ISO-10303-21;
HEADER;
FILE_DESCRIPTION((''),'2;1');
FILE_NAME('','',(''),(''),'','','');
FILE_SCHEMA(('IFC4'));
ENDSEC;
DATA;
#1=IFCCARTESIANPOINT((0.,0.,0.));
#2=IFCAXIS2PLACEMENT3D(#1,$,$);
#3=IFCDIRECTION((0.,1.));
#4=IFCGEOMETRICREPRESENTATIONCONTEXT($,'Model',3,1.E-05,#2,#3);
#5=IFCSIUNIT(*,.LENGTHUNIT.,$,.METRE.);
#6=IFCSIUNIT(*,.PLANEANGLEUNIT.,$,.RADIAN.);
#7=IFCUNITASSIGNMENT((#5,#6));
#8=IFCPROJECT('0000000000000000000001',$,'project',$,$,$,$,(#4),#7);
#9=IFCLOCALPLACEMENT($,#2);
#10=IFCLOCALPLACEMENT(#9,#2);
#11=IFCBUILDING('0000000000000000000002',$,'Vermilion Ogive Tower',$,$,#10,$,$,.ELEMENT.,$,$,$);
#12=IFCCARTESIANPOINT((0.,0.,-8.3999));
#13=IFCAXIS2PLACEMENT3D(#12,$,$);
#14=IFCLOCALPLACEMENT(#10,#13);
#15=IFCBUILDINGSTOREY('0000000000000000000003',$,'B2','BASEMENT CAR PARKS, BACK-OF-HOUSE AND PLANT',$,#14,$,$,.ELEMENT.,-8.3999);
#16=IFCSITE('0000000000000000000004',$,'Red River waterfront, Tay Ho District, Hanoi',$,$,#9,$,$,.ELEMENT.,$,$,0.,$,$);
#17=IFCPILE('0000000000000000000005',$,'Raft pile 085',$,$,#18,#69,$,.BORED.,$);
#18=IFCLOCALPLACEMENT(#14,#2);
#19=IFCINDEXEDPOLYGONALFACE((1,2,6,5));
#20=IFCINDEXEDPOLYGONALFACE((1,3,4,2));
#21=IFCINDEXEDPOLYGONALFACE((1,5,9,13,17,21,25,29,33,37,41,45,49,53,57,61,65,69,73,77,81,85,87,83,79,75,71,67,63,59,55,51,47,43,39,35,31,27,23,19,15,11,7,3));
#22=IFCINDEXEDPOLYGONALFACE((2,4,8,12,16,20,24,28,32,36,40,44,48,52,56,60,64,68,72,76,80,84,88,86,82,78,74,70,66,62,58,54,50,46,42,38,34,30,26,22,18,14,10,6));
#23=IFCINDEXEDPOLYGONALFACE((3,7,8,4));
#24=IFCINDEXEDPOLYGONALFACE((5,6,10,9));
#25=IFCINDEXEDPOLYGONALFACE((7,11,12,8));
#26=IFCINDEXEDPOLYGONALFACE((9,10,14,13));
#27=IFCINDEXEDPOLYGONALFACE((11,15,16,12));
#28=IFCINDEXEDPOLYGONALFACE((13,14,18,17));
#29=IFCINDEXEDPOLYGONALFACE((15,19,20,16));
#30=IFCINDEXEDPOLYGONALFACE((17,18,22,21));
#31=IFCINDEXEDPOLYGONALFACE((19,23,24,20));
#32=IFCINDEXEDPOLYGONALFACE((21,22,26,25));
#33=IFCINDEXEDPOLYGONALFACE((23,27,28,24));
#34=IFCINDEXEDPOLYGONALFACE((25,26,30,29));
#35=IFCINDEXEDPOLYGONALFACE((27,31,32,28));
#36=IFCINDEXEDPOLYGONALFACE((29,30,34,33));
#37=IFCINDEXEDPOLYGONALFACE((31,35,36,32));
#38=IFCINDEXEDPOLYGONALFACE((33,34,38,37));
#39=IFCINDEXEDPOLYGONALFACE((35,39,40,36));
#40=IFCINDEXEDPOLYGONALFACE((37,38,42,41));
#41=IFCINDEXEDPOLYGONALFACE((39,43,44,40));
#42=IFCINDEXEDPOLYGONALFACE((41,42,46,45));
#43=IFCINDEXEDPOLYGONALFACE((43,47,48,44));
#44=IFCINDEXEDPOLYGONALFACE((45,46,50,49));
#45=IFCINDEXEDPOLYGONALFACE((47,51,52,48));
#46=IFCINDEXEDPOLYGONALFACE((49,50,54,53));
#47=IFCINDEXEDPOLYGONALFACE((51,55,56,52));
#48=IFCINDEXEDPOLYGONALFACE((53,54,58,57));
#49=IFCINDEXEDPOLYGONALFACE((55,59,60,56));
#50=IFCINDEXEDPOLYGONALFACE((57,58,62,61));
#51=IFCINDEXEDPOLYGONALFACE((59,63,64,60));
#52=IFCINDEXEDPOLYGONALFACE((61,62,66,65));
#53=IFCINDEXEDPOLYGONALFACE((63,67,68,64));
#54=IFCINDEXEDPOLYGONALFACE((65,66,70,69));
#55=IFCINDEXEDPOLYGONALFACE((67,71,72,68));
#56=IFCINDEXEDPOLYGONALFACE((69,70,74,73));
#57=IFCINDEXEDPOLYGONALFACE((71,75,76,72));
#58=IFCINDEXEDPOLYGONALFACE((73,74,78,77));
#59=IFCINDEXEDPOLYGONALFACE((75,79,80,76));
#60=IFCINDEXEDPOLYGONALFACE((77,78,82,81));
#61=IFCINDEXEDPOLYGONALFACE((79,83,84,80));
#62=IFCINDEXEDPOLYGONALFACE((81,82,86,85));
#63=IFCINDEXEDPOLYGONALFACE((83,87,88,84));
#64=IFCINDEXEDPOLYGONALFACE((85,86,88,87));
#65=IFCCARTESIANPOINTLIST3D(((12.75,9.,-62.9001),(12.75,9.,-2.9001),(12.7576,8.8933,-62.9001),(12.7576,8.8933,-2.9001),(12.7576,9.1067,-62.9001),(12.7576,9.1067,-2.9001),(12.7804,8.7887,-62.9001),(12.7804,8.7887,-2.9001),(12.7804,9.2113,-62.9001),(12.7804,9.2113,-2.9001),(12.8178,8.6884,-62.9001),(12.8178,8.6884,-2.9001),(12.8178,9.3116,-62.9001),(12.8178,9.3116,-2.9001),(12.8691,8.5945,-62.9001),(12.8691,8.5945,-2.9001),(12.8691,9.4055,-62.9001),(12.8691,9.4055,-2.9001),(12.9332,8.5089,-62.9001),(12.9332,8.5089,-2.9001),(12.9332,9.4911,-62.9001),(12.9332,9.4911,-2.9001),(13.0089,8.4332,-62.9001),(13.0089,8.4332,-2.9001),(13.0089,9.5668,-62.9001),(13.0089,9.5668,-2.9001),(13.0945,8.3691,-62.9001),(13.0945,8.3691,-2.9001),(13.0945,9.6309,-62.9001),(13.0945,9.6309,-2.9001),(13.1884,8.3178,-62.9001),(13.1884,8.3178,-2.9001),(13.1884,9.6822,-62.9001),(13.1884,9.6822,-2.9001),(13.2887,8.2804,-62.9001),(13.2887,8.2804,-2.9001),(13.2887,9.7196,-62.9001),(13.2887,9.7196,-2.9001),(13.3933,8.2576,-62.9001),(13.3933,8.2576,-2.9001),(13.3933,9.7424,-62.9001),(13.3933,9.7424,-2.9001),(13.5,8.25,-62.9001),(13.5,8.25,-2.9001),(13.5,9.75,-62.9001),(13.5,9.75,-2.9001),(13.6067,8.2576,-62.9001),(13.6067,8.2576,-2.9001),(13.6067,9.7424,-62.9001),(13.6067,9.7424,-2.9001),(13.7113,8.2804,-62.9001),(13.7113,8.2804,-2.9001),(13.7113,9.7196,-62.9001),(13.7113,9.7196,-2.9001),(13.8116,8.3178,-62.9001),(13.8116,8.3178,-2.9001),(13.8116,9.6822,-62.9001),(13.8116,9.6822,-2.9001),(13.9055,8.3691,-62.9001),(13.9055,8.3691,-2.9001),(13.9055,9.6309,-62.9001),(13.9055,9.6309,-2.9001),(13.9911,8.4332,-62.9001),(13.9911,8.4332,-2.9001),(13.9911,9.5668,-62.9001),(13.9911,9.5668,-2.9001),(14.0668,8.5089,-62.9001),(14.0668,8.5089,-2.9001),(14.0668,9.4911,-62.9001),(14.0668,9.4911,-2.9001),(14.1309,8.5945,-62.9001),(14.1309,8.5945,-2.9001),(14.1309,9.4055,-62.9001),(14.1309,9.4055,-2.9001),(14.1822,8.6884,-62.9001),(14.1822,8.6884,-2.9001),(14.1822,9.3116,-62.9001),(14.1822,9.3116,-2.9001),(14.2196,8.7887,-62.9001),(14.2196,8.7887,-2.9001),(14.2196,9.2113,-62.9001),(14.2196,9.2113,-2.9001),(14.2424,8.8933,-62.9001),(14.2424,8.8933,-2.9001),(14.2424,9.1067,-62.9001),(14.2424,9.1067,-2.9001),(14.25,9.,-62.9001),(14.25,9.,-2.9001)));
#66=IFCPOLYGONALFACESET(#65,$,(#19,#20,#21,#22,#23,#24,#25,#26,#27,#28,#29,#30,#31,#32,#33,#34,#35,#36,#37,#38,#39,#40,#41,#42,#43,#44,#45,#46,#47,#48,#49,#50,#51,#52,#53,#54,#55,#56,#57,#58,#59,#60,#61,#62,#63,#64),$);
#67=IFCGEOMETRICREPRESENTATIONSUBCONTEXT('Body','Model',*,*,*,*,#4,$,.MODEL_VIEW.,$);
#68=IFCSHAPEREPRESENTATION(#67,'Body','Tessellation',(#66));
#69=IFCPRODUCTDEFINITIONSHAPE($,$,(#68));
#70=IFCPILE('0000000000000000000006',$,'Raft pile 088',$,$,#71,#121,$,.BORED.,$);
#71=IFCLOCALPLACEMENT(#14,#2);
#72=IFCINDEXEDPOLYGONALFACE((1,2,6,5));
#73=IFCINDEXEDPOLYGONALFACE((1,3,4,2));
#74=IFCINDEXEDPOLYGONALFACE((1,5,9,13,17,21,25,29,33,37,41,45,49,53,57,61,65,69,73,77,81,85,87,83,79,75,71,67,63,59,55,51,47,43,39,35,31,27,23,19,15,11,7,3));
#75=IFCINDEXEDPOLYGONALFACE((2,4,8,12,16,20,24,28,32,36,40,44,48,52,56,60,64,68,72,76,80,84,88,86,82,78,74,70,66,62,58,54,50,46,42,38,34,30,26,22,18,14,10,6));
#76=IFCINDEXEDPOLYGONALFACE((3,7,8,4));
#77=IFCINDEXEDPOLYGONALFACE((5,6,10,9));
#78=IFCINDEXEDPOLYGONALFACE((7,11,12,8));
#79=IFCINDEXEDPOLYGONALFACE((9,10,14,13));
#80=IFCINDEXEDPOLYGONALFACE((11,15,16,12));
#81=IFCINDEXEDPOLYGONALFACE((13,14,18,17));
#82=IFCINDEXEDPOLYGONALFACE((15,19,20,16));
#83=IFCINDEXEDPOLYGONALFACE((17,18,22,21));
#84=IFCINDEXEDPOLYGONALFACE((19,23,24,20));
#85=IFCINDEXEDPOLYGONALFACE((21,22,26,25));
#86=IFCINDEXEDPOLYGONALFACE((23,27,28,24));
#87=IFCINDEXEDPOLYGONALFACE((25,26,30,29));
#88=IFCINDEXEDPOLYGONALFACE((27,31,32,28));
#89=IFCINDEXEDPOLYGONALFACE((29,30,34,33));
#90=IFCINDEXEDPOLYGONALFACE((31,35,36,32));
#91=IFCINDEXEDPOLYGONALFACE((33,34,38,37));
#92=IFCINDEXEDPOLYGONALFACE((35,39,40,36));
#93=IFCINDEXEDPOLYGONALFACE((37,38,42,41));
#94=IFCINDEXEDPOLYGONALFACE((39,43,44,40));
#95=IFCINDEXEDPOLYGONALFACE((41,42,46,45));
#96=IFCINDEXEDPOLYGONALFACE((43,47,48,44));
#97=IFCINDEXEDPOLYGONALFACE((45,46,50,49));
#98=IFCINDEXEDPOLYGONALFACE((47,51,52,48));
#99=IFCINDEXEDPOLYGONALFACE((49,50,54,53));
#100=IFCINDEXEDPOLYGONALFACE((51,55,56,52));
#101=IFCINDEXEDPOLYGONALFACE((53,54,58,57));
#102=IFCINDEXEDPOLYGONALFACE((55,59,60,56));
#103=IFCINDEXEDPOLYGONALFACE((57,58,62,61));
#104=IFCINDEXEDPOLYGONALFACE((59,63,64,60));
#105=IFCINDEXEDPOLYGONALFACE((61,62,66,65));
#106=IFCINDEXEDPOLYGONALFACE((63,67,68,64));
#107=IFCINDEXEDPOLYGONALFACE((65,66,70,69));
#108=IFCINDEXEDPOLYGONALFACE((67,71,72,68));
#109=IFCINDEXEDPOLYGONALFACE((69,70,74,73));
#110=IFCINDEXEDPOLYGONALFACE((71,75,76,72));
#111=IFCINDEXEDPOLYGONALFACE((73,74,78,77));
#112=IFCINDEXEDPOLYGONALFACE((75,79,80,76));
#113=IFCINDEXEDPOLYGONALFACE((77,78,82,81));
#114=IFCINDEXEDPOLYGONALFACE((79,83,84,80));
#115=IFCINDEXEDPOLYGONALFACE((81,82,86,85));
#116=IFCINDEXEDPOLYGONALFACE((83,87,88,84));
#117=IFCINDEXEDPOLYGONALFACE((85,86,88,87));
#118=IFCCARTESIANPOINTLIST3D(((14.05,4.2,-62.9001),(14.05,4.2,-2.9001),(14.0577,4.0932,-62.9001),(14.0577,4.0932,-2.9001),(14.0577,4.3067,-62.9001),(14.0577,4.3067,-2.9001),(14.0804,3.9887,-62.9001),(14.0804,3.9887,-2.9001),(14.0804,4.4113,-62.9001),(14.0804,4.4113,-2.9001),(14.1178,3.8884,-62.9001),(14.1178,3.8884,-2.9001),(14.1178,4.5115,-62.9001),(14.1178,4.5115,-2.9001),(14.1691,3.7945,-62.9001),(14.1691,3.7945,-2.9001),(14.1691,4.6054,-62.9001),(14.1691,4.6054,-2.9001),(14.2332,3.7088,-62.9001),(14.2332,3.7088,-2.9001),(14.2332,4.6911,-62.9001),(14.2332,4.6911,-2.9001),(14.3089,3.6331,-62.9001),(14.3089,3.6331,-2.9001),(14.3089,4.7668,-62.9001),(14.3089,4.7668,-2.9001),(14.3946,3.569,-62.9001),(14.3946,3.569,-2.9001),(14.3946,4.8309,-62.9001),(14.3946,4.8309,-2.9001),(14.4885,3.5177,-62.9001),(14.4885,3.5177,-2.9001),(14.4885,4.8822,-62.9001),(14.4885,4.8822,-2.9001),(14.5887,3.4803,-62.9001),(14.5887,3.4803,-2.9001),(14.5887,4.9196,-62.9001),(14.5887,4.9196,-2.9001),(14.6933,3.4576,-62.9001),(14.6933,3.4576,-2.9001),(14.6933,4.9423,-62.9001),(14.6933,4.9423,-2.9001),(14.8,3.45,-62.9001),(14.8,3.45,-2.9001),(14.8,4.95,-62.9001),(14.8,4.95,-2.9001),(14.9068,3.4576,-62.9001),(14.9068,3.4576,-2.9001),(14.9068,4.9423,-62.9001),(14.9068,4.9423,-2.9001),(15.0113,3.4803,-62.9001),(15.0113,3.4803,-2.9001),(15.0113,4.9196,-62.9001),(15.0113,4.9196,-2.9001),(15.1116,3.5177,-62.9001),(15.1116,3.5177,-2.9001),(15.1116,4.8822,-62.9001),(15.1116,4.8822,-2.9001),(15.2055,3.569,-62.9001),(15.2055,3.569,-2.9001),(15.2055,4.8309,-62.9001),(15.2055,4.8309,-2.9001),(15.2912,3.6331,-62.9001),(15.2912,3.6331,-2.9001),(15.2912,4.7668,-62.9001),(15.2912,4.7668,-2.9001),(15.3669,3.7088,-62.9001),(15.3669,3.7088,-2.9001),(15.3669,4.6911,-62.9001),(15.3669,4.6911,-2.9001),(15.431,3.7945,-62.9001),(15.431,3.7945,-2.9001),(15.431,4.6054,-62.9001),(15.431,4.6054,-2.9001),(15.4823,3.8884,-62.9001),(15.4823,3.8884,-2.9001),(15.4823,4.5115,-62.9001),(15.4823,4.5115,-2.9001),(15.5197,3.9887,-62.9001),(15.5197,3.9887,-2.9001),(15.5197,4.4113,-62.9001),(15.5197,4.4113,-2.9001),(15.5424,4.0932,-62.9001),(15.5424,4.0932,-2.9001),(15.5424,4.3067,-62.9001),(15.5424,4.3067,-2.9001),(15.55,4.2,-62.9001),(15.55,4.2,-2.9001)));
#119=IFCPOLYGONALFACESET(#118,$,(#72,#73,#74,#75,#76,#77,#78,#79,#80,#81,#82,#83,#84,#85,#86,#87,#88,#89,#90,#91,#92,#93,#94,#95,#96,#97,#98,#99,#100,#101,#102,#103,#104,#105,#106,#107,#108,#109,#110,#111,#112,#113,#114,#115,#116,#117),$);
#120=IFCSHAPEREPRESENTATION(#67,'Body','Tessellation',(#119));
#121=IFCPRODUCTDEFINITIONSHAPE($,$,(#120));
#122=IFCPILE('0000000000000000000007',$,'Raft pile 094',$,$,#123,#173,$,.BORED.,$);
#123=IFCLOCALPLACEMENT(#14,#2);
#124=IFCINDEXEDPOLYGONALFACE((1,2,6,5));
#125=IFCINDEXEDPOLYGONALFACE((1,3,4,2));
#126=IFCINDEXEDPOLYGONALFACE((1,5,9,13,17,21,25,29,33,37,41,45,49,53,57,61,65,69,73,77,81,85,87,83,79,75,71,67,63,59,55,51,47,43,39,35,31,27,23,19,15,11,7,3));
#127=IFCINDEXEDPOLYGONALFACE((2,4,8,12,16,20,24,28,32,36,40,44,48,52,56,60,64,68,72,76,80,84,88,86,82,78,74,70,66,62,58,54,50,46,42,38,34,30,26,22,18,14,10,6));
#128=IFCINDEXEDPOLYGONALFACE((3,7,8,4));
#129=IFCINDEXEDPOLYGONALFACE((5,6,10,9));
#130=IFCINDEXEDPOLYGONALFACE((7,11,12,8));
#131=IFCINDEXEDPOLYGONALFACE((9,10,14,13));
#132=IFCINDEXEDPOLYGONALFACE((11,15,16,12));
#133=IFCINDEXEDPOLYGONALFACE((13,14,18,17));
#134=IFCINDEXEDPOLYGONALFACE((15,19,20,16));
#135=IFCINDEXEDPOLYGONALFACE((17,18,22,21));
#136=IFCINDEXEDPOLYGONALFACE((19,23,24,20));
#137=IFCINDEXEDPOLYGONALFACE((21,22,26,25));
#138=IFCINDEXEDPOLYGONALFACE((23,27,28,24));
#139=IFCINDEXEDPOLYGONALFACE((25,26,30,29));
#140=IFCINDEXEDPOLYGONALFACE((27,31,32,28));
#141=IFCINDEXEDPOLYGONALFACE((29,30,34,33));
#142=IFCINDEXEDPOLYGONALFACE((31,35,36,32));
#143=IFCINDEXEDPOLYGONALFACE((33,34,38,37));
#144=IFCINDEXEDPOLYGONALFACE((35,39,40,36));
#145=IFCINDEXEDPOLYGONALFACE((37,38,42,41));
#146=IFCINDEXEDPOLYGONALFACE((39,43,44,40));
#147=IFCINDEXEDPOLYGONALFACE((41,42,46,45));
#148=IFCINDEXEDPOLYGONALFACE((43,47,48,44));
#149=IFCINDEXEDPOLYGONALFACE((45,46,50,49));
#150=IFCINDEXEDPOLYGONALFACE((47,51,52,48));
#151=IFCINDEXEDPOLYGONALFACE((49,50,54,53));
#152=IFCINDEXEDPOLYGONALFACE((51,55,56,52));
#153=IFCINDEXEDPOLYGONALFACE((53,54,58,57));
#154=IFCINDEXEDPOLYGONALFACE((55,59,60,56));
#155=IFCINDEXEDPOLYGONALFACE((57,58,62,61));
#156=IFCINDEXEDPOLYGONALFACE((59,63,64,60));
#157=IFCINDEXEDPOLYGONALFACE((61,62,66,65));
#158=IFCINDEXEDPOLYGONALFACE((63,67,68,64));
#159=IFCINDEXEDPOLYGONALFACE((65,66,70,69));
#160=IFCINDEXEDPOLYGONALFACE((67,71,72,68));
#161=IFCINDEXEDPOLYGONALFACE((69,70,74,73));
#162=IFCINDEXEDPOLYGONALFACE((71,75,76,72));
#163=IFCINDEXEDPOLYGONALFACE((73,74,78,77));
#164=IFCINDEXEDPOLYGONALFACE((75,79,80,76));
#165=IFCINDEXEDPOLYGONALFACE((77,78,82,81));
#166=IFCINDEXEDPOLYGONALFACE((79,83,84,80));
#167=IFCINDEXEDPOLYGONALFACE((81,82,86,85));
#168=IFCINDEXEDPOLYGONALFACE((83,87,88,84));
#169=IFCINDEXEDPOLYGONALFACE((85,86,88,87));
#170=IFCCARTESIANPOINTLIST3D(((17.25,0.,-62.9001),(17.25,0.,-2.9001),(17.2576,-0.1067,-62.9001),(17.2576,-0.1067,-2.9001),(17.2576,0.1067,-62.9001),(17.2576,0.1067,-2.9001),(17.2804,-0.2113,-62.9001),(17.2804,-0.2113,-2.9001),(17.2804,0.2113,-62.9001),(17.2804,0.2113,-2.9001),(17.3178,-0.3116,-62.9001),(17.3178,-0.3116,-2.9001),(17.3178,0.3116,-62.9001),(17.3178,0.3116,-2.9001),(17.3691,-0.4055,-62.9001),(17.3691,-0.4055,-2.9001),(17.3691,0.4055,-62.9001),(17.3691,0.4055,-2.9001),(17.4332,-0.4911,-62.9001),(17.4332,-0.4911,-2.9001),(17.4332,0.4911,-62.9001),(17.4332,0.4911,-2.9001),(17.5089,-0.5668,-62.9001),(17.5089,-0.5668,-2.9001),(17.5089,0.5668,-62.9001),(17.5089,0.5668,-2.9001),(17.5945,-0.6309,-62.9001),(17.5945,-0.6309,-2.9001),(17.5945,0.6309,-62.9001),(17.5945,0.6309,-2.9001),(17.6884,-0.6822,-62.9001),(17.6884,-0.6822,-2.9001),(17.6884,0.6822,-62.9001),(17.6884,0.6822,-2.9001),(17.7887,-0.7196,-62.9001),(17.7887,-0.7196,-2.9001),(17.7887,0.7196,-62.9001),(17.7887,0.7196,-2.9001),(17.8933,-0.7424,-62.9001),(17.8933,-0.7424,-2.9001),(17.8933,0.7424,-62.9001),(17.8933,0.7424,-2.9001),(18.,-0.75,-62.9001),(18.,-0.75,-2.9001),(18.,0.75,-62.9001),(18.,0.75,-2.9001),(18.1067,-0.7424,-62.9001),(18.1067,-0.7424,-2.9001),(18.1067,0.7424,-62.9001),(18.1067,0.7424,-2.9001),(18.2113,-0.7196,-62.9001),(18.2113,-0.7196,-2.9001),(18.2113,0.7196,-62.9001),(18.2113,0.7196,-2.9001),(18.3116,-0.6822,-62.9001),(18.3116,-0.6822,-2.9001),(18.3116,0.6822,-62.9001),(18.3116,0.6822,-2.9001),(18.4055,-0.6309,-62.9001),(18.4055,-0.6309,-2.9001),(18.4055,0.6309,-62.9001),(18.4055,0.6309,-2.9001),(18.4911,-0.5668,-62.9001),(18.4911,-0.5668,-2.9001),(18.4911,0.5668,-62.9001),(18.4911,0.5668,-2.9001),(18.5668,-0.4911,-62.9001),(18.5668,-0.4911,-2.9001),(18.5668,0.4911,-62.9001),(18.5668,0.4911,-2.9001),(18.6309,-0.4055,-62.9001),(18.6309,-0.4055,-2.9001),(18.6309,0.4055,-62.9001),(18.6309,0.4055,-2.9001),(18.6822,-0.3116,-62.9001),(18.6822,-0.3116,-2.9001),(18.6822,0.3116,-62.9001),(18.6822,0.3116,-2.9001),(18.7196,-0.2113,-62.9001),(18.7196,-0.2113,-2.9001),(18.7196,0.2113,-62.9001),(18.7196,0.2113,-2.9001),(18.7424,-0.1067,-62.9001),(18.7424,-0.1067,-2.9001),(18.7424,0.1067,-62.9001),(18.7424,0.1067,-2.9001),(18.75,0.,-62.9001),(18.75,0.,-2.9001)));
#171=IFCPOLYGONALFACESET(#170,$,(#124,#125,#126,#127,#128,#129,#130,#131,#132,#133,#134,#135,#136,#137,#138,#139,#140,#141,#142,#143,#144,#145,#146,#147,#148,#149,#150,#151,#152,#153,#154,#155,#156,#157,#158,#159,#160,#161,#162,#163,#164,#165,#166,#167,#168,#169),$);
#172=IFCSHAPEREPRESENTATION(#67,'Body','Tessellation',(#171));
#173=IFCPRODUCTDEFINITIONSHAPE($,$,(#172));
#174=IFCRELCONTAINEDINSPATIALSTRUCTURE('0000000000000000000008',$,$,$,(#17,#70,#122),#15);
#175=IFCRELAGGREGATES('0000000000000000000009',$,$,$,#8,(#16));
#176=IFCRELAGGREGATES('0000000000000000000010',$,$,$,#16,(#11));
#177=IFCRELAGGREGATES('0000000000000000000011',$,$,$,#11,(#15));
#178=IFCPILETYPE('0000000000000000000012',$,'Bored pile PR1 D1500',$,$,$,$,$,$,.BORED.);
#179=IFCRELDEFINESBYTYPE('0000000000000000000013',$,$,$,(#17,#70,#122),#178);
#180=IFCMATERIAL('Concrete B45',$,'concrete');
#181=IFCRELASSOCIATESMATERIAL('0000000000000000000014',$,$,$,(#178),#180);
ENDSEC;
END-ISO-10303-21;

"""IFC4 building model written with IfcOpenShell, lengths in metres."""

from ifc_helpers import new_model, si_unit, direction, frame, origin, origin_2d, place, context, subcontext, project, spatial, circle, extrude, material, type_object, element, save


model = new_model("IFC4")

# Units and contexts
model_context = context("Model", 3, precision=1e-05, world=origin(), true_north=direction((0.0, 1.0)))
body_context = subcontext(model_context, "Body", "Model", "MODEL_VIEW")
ifc_project = project(units=[si_unit("LENGTHUNIT", "METRE"), si_unit("PLANEANGLEUNIT", "RADIAN")], contexts=[model_context])

# Site, building, storey
site_placement = place(None, origin())
site = spatial("IfcSite", under=ifc_project, at=site_placement, Name="Red River waterfront, Tay Ho District, Hanoi", CompositionType="ELEMENT", RefElevation=0.0)
building_placement = place(site_placement, origin())
building = spatial("IfcBuilding", under=site, at=building_placement, Name="Vermilion Ogive Tower", CompositionType="ELEMENT")
storey_placement = place(building_placement, frame((0.0, 0.0, -8.3999)))
storey = spatial("IfcBuildingStorey", under=building, at=storey_placement, Name="B2", Description="BASEMENT CAR PARKS, BACK-OF-HOUSE AND PLANT", CompositionType="ELEMENT", Elevation=-8.3999)

# Piles
ifc_material_1 = material(Name="Concrete B45", Category="concrete")
pile_type = type_object("IfcPileType", Name="Bored pile PR1 D1500", PredefinedType="BORED", material=ifc_material_1)
for number, where, z_axis, x_axis, name in (
    (1, (13.5, 9.0, -2.9001), (0.0, 0.0, -1.0), (1.0, 0.0, 0.0), "Raft pile 085"),
    (2, (14.8, 4.2, -2.9001), (0.0, 0.0, -1.0), (1.0, 0.0, 0.0), "Raft pile 088"),
    (3, (18.0, 0.0, -2.9001), (0.0, 0.0, -1.0), (1.0, 0.0, 0.0), "Raft pile 094"),
):
    element("IfcPile", number, at=place(storey_placement, frame(where, z_axis=z_axis, x_axis=x_axis)), inside=storey, type_object=pile_type, Name=name, PredefinedType="BORED", context=body_context, shape_type="SweptSolid", body=[
        extrude(circle(Radius=0.75, at=origin_2d()), origin(), (0.0, 0.0, 1.0), 60.0),
    ])

save(model, "model.ifc")
